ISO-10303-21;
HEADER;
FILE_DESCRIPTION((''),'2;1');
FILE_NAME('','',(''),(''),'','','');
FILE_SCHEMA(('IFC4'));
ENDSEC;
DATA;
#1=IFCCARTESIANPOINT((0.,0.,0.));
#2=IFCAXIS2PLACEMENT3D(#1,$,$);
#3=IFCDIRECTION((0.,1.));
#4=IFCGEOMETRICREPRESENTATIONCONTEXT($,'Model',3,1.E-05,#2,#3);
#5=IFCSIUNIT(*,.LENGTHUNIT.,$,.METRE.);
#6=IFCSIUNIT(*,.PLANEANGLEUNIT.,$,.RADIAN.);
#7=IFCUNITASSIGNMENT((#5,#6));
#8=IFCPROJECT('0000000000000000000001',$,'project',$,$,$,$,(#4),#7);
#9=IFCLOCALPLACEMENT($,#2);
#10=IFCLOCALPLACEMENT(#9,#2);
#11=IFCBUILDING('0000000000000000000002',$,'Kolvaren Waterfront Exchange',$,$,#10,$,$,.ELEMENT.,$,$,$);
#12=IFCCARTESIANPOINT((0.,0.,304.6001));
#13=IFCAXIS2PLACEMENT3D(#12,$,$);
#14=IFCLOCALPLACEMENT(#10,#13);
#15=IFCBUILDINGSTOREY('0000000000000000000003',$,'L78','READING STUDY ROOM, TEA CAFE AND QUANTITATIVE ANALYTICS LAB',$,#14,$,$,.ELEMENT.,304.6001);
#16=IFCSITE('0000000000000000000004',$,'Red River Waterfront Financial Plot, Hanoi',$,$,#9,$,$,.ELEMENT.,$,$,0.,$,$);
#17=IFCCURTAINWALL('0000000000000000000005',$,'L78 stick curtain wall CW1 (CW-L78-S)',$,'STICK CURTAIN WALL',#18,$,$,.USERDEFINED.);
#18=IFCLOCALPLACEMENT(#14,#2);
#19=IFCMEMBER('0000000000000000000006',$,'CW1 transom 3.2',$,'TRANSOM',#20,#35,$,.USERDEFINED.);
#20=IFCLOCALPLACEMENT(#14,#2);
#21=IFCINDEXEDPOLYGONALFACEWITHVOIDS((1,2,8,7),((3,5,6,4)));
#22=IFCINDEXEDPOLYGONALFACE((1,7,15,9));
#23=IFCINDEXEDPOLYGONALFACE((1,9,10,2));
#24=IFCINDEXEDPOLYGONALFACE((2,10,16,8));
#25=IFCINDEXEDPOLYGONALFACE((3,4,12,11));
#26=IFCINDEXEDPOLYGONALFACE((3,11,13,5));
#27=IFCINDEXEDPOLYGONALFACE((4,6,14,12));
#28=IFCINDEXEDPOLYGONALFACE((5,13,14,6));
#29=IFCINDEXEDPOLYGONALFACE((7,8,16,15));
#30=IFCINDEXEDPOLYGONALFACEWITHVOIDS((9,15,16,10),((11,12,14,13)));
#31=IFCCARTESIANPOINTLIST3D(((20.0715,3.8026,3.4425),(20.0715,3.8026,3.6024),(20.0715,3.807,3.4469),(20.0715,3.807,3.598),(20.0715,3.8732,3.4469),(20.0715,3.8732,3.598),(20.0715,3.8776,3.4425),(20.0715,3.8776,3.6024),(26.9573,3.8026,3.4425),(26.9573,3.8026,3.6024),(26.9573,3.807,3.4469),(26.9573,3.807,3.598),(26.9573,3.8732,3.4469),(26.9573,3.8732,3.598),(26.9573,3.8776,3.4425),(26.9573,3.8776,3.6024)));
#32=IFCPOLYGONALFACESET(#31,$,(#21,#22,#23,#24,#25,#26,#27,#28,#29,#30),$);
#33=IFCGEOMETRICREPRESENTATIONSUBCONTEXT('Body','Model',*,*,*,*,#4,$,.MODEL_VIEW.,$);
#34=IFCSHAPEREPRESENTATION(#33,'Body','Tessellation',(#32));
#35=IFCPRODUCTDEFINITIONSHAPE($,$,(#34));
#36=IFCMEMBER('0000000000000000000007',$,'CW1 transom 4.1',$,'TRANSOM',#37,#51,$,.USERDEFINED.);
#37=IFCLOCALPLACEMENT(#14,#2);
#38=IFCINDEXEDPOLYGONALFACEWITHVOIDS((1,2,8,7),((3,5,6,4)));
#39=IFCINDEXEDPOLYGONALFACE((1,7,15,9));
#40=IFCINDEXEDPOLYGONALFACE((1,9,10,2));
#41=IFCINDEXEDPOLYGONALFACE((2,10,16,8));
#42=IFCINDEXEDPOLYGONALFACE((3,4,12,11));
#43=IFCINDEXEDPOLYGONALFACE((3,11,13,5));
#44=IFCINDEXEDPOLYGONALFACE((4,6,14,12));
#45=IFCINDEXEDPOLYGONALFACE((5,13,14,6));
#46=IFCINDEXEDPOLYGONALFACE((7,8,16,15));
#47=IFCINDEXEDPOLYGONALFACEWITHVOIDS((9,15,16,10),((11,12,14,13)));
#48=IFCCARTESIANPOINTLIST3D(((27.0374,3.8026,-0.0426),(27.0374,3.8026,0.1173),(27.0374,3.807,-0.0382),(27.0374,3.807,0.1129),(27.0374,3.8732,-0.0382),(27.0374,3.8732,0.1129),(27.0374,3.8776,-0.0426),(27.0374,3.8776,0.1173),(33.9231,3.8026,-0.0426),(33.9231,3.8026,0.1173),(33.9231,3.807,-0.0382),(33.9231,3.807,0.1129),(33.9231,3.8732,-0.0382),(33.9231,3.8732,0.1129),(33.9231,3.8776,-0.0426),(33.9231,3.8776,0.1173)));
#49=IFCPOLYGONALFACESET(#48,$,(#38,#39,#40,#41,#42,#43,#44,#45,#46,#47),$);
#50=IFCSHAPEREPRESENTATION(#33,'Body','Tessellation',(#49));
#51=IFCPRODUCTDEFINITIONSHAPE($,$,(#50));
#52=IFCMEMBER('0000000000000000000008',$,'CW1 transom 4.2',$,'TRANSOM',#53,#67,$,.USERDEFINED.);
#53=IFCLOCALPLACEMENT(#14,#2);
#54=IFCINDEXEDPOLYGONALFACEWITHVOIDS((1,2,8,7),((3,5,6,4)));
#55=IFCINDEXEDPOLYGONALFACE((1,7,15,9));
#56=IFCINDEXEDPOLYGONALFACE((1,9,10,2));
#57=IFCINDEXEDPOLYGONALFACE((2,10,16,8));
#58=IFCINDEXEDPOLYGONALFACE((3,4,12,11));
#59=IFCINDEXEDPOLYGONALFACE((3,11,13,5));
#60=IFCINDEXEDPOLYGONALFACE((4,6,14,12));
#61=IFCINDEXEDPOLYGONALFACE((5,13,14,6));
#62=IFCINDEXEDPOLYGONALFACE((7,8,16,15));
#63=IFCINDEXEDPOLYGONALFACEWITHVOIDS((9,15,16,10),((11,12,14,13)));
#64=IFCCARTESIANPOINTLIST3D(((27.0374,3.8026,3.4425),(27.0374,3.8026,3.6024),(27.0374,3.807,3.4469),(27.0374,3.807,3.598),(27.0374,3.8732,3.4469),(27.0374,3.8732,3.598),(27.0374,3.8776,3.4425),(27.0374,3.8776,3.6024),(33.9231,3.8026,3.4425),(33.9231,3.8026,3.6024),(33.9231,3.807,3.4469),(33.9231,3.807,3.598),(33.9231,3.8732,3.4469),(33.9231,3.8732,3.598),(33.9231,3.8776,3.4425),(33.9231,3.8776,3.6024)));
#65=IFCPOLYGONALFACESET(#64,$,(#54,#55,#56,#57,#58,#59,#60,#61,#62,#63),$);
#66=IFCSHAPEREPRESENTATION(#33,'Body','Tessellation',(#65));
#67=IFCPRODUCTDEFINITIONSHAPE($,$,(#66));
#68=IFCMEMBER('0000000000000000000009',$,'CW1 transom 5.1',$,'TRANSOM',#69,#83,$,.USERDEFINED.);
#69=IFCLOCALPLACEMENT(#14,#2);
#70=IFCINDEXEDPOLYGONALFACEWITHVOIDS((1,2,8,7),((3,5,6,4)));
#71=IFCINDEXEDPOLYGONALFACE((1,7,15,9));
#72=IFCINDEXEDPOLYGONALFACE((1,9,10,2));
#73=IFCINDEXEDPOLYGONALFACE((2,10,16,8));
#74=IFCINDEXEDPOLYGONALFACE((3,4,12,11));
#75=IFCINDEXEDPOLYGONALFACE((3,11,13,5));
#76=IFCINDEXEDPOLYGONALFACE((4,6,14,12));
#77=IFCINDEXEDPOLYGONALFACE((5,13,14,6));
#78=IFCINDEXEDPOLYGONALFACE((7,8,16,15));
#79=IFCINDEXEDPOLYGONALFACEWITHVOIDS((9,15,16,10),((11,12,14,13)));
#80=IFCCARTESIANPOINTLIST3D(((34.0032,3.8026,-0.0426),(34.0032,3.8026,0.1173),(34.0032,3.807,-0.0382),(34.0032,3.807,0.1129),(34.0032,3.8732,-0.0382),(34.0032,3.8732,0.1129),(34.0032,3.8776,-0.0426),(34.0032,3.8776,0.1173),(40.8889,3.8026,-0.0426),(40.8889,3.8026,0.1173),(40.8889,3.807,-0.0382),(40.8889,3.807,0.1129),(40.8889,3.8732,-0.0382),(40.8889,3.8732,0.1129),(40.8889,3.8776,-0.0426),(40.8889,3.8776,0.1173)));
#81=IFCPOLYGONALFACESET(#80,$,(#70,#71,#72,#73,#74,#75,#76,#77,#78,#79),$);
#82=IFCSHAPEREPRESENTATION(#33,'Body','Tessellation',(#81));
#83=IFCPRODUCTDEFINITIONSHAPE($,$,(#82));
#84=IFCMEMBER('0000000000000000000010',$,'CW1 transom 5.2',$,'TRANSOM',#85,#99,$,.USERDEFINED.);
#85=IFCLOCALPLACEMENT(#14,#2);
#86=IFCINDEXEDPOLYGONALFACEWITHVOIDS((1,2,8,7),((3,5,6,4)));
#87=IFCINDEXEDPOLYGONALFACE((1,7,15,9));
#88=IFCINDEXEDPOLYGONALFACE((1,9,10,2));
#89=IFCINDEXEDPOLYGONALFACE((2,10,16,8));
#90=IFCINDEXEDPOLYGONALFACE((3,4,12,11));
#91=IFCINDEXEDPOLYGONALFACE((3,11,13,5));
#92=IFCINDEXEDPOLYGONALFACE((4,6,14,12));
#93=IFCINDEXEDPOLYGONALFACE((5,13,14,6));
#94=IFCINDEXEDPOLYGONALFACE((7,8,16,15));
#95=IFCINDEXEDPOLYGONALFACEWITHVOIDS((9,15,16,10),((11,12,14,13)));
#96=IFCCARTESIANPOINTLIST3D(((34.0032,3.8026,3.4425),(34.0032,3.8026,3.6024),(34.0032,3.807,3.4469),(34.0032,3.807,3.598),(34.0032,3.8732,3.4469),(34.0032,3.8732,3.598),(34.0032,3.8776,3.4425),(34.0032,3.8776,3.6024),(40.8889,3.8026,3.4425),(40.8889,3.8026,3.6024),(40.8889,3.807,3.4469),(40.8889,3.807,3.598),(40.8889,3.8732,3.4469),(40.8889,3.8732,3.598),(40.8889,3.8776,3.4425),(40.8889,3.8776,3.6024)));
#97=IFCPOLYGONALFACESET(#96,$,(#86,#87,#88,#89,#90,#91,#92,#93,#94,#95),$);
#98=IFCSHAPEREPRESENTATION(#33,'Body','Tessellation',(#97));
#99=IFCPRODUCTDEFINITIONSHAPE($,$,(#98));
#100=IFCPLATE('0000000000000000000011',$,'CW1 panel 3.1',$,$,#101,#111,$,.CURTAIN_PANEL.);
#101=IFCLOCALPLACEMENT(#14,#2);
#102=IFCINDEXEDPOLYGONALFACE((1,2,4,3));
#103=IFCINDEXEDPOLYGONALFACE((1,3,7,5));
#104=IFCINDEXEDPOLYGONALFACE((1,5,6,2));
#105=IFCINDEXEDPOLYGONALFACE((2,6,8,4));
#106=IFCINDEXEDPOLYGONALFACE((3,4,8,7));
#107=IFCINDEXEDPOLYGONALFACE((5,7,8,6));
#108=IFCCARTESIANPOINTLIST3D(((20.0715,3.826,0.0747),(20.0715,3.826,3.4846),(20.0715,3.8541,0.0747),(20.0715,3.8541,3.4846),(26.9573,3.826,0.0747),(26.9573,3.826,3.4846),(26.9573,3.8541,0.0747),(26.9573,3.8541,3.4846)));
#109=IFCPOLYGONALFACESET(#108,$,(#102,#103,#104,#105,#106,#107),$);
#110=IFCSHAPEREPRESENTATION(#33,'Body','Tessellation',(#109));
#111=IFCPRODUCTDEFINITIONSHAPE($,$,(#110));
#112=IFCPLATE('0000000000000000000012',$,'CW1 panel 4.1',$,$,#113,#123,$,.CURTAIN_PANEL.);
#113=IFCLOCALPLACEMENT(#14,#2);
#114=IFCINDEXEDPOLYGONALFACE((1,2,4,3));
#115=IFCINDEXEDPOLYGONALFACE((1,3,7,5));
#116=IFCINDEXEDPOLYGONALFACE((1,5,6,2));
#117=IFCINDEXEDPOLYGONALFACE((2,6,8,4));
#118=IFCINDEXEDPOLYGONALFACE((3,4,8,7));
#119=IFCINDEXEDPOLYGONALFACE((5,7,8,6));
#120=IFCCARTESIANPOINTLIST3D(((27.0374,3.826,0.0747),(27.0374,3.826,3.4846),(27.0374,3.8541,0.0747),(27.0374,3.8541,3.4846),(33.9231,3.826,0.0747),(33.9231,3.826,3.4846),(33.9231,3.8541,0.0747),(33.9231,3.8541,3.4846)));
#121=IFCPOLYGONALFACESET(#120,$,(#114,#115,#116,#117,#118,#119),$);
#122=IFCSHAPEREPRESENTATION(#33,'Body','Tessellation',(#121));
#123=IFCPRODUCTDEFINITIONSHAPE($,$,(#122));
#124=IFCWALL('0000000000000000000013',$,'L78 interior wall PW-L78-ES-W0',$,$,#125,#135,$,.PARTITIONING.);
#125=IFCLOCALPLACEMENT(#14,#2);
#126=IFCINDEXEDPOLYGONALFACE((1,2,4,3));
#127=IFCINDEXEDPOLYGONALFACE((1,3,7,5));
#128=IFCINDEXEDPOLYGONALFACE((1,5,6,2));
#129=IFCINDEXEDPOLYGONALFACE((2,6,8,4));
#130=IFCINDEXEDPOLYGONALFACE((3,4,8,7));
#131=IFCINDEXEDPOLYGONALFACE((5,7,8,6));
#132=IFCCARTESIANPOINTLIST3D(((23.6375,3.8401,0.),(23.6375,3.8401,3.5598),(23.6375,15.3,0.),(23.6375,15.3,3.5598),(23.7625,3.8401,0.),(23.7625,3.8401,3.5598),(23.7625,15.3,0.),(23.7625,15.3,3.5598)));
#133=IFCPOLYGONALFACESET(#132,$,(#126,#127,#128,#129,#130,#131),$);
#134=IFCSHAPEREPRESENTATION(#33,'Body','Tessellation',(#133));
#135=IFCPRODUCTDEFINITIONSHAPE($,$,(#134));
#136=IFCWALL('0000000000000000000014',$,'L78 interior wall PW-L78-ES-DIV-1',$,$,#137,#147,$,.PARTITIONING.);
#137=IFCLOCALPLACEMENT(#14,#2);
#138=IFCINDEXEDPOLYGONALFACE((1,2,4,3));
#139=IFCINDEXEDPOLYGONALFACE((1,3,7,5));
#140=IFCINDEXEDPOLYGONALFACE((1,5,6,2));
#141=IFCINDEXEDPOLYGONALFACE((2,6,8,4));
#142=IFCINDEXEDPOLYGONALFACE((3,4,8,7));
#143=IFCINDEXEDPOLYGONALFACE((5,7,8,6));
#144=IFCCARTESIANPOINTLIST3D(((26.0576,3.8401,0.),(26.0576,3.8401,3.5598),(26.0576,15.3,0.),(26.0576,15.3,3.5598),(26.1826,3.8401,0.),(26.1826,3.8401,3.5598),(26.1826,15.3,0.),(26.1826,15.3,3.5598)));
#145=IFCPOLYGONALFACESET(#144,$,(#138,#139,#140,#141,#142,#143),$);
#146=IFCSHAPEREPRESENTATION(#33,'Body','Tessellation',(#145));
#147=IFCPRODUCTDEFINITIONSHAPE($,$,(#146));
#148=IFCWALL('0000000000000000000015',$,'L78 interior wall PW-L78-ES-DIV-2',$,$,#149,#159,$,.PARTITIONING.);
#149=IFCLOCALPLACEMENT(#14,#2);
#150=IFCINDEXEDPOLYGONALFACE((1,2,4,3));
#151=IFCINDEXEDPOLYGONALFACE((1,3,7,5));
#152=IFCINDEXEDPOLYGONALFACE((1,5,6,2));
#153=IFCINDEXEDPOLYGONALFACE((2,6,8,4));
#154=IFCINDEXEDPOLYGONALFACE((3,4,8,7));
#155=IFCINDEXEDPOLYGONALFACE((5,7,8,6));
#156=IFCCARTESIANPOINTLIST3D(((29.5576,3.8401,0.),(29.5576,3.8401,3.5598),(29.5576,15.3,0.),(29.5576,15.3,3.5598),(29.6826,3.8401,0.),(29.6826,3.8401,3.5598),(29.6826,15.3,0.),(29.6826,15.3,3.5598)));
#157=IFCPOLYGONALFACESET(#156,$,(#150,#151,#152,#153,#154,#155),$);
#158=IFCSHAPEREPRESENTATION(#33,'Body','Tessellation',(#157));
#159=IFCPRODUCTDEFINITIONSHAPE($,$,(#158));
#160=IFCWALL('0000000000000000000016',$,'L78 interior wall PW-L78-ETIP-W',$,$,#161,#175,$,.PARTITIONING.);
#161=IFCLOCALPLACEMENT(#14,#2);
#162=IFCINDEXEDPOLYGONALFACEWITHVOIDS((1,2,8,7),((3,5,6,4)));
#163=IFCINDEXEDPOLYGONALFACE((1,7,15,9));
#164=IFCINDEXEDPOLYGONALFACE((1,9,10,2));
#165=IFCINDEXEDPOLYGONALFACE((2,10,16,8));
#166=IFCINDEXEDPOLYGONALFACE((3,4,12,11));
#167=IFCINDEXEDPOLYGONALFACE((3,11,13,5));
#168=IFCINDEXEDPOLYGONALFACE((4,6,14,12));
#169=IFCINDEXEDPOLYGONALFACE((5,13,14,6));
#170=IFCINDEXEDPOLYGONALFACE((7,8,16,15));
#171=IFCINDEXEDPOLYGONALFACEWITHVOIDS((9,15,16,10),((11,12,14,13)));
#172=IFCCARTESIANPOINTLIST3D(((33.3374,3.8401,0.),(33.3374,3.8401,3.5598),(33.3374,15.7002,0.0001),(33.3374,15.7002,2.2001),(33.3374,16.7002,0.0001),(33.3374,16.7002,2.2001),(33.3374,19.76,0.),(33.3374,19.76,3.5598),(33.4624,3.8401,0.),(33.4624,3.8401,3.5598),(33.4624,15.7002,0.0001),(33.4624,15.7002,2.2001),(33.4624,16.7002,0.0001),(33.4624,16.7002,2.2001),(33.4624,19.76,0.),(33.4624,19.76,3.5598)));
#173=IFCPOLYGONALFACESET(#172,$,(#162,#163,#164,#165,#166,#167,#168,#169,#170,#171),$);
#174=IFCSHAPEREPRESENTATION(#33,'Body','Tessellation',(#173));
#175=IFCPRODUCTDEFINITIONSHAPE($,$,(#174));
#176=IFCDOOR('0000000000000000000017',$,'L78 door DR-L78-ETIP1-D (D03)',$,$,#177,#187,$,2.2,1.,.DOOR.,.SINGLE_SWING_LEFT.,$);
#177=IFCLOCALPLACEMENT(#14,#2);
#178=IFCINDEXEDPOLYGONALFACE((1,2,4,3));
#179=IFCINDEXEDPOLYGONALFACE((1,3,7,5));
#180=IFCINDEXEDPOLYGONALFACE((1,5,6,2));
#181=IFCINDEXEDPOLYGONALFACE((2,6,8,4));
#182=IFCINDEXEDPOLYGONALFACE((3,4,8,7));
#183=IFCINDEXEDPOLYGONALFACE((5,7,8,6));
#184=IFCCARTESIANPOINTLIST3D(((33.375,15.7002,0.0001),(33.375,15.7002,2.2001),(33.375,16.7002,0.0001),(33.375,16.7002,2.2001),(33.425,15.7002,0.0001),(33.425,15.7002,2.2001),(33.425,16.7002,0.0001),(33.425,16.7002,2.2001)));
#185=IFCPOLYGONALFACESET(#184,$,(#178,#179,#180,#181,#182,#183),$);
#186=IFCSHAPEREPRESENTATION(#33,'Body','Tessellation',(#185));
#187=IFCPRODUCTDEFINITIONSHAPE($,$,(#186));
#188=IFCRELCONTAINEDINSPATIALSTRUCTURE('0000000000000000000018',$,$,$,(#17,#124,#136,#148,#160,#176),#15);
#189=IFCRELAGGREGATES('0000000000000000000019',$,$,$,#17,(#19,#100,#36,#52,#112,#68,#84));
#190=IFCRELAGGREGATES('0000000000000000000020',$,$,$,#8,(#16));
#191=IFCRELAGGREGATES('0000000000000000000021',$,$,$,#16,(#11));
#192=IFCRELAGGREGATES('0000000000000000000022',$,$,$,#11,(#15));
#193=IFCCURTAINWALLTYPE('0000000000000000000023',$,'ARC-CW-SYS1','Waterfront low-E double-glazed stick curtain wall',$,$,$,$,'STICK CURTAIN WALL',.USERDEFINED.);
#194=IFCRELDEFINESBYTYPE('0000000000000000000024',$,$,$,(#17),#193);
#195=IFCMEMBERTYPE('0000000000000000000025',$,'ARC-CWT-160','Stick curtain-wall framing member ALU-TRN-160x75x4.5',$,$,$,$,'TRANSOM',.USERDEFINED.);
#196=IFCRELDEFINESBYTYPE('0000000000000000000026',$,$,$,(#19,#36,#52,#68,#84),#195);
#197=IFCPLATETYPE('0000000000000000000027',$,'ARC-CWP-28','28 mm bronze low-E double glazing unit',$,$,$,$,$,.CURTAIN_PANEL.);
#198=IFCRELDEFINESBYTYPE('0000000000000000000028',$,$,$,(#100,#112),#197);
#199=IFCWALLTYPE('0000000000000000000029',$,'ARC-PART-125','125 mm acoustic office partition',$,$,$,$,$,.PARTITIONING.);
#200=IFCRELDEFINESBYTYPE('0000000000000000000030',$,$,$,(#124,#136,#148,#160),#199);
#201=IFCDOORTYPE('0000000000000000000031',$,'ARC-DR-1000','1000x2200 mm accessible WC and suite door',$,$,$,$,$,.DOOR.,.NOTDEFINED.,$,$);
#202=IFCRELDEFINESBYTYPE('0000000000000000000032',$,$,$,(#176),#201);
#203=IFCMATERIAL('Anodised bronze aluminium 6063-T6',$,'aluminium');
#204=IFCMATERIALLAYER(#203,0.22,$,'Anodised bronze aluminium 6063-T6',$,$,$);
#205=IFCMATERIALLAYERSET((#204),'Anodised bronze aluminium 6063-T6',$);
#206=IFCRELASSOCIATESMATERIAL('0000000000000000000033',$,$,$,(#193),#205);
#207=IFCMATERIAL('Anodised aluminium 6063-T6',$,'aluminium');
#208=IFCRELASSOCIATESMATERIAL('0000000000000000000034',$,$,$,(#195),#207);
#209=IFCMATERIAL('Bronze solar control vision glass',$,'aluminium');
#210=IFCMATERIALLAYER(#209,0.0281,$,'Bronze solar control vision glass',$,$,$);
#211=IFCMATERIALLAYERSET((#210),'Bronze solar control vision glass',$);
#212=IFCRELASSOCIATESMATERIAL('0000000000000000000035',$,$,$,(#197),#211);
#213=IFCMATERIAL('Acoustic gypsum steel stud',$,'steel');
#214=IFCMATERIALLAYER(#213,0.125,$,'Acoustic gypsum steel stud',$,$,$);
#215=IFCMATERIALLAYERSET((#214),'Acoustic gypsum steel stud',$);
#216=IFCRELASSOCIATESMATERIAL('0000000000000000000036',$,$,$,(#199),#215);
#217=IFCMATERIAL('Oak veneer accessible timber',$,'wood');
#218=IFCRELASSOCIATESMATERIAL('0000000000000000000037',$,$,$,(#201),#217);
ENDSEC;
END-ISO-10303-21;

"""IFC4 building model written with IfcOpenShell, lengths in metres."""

from ifc_helpers import new_model, si_unit, direction, frame, frame_2d, origin, origin_with_axes, origin_2d, place, context, subcontext, project, spatial, rectangle, hollow_rectangle, extrude, source, transform, mapped, material, layer, layer_set, material_profile, profile_set, type_object, element, fill, aggregate, save


model = new_model("IFC4")

# Units and contexts
model_context = context("Model", 3, precision=1e-05, world=origin(), true_north=direction((0.0, 1.0)))
body_context = subcontext(model_context, "Body", "Model", "MODEL_VIEW")
ifc_project = project(units=[si_unit("LENGTHUNIT", "METRE"), si_unit("PLANEANGLEUNIT", "RADIAN")], contexts=[model_context])

# Site, building, storey
site_placement = place(None, origin())
site = spatial("IfcSite", under=ifc_project, at=site_placement, Name="Red River Waterfront Financial Plot, Hanoi", CompositionType="ELEMENT", RefElevation=0.0)
building_placement = place(site_placement, origin())
building = spatial("IfcBuilding", under=site, at=building_placement, Name="Kolvaren Waterfront Exchange", CompositionType="ELEMENT")
storey_placement = place(building_placement, frame((0.0, 0.0, 304.6001)))
storey = spatial("IfcBuildingStorey", under=building, at=storey_placement, Name="L78", Description="READING STUDY ROOM, TEA CAFE AND QUANTITATIVE ANALYTICS LAB", CompositionType="ELEMENT", Elevation=304.6001)

# Curtain wall, members, plates
ifc_material_1 = material(Name="Anodised bronze aluminium 6063-T6", Category="aluminium")
ifc_layer_1 = layer(ifc_material_1, 0.22, Name="Anodised bronze aluminium 6063-T6")
ifc_layer_set_1 = layer_set([ifc_layer_1], Name="Anodised bronze aluminium 6063-T6")
curtain_wall_type = type_object("IfcCurtainWallType", Name="ARC-CW-SYS1", Description="Waterfront low-E double-glazed stick curtain wall", ElementType="STICK CURTAIN WALL", PredefinedType="USERDEFINED", material=ifc_layer_set_1)
curtain_wall_placement = place(storey_placement, origin())
curtain_wall = element("IfcCurtainWall", 1, at=curtain_wall_placement, inside=storey, type_object=curtain_wall_type, Name="L78 stick curtain wall CW1 (CW-L78-S)", ObjectType="STICK CURTAIN WALL", PredefinedType="USERDEFINED")
ifc_material_2 = material(Name="Anodised aluminium 6063-T6", Category="aluminium")
ifc_material_profile_1 = material_profile(ifc_material_2, hollow_rectangle(XDim=0.075, YDim=0.1599, WallThickness=0.0044, at=origin_2d()), Name="ALU-TRN-160x75x4.5")
ifc_profile_set_1 = profile_set([ifc_material_profile_1], Name="Anodised aluminium 6063-T6")
member_type_1 = type_object("IfcMemberType", Name="ARC-CWT-160", Description="Stick curtain-wall framing member ALU-TRN-160x75x4.5", ElementType="TRANSOM", PredefinedType="USERDEFINED", material=ifc_profile_set_1)
shared_shape_1 = source(origin_with_axes(), body_context, "Body", "SweptSolid", [
    extrude(hollow_rectangle(XDim=0.075, YDim=0.1599, WallThickness=0.0044, at=origin_2d()), origin(), (0.0, 0.0, 1.0), 6.8857),
])
member_1_placement = place(storey_placement, frame((20.0715, 3.8401, 3.5225), z_axis=(1.0, 0.0, 0.0), x_axis=(0.0, 1.0, 0.0)))
member_1 = element("IfcMember", 2, at=member_1_placement, type_object=member_type_1, Name="CW1 transom 3.2", ObjectType="TRANSOM", PredefinedType="USERDEFINED", context=body_context, shape_type="MappedRepresentation", body=[
    mapped(shared_shape_1, transform((0.0, 0.0, 0.0), x_axis=(1.0, 0.0, 0.0), y_axis=(0.0, 1.0, 0.0), z_axis=(0.0, 0.0, 1.0), scale=1.0)),
])
member_2_placement = place(storey_placement, frame((27.0374, 3.8401, 0.0374), z_axis=(1.0, 0.0, 0.0), x_axis=(0.0, 1.0, 0.0)))
member_2 = element("IfcMember", 3, at=member_2_placement, type_object=member_type_1, Name="CW1 transom 4.1", ObjectType="TRANSOM", PredefinedType="USERDEFINED", context=body_context, shape_type="MappedRepresentation", body=[
    mapped(shared_shape_1, transform((0.0, 0.0, 0.0), x_axis=(1.0, 0.0, 0.0), y_axis=(0.0, 1.0, 0.0), z_axis=(0.0, 0.0, 1.0), scale=1.0)),
])
member_3_placement = place(storey_placement, frame((27.0374, 3.8401, 3.5225), z_axis=(1.0, 0.0, 0.0), x_axis=(0.0, 1.0, 0.0)))
member_3 = element("IfcMember", 4, at=member_3_placement, type_object=member_type_1, Name="CW1 transom 4.2", ObjectType="TRANSOM", PredefinedType="USERDEFINED", context=body_context, shape_type="MappedRepresentation", body=[
    mapped(shared_shape_1, transform((0.0, 0.0, 0.0), x_axis=(1.0, 0.0, 0.0), y_axis=(0.0, 1.0, 0.0), z_axis=(0.0, 0.0, 1.0), scale=1.0)),
])
member_4_placement = place(storey_placement, frame((34.0032, 3.8401, 0.0374), z_axis=(1.0, 0.0, 0.0), x_axis=(0.0, 1.0, 0.0)))
member_4 = element("IfcMember", 5, at=member_4_placement, type_object=member_type_1, Name="CW1 transom 5.1", ObjectType="TRANSOM", PredefinedType="USERDEFINED", context=body_context, shape_type="MappedRepresentation", body=[
    mapped(shared_shape_1, transform((0.0, 0.0, 0.0), x_axis=(1.0, 0.0, 0.0), y_axis=(0.0, 1.0, 0.0), z_axis=(0.0, 0.0, 1.0), scale=1.0)),
])
member_5_placement = place(storey_placement, frame((34.0032, 3.8401, 3.5225), z_axis=(1.0, 0.0, 0.0), x_axis=(0.0, 1.0, 0.0)))
member_5 = element("IfcMember", 6, at=member_5_placement, type_object=member_type_1, Name="CW1 transom 5.2", ObjectType="TRANSOM", PredefinedType="USERDEFINED", context=body_context, shape_type="MappedRepresentation", body=[
    mapped(shared_shape_1, transform((0.0, 0.0, 0.0), x_axis=(1.0, 0.0, 0.0), y_axis=(0.0, 1.0, 0.0), z_axis=(0.0, 0.0, 1.0), scale=1.0)),
])
ifc_material_3 = material(Name="Bronze solar control vision glass", Category="aluminium")
ifc_layer_2 = layer(ifc_material_3, 0.0281, Name="Bronze solar control vision glass")
ifc_layer_set_2 = layer_set([ifc_layer_2], Name="Bronze solar control vision glass")
plate_type = type_object("IfcPlateType", Name="ARC-CWP-28", Description="28 mm bronze low-E double glazing unit", PredefinedType="CURTAIN_PANEL", material=ifc_layer_set_2)
shared_shape_2 = source(origin_with_axes(), body_context, "Body", "SweptSolid", [
    extrude(rectangle(XDim=6.8857, YDim=0.0281, at=origin_2d()), origin(), (0.0, 0.0, 1.0), 3.4099),
])
plate_1_placement = place(storey_placement, frame((23.5144, 3.8401, 0.0747), z_axis=(0.0, 0.0, 1.0), x_axis=(1.0, 0.0, 0.0)))
plate_1 = element("IfcPlate", 7, at=plate_1_placement, type_object=plate_type, Name="CW1 panel 3.1", PredefinedType="CURTAIN_PANEL", context=body_context, shape_type="MappedRepresentation", body=[
    mapped(shared_shape_2, transform((0.0, 0.0, 0.0), x_axis=(1.0, 0.0, 0.0), y_axis=(0.0, 1.0, 0.0), z_axis=(0.0, 0.0, 1.0), scale=1.0)),
])
plate_2_placement = place(storey_placement, frame((30.4802, 3.8401, 0.0747), z_axis=(0.0, 0.0, 1.0), x_axis=(1.0, 0.0, 0.0)))
plate_2 = element("IfcPlate", 8, at=plate_2_placement, type_object=plate_type, Name="CW1 panel 4.1", PredefinedType="CURTAIN_PANEL", context=body_context, shape_type="MappedRepresentation", body=[
    mapped(shared_shape_2, transform((0.0, 0.0, 0.0), x_axis=(1.0, 0.0, 0.0), y_axis=(0.0, 1.0, 0.0), z_axis=(0.0, 0.0, 1.0), scale=1.0)),
])
aggregate(curtain_wall, [member_1, plate_1, member_2, member_3, plate_2, member_4, member_5])

# Walls
ifc_material_4 = material(Name="Acoustic gypsum steel stud", Category="steel")
ifc_layer_3 = layer(ifc_material_4, 0.125, Name="Acoustic gypsum steel stud")
ifc_layer_set_3 = layer_set([ifc_layer_3], Name="Acoustic gypsum steel stud")
wall_type_1 = type_object("IfcWallType", Name="ARC-PART-125", Description="125 mm acoustic office partition", PredefinedType="PARTITIONING", material=ifc_layer_set_3)
for number, where, z_axis, x_axis, name in (
    (9, (23.7, 3.8401, 0.0), (0.0, 0.0, 1.0), (0.0, 1.0, 0.0), "L78 interior wall PW-L78-ES-W0"),
    (10, (26.1201, 3.8401, 0.0), (0.0, 0.0, 1.0), (0.0, 1.0, 0.0), "L78 interior wall PW-L78-ES-DIV-1"),
    (11, (29.6201, 3.8401, 0.0), (0.0, 0.0, 1.0), (0.0, 1.0, 0.0), "L78 interior wall PW-L78-ES-DIV-2"),
):
    element("IfcWall", number, at=place(storey_placement, frame(where, z_axis=z_axis, x_axis=x_axis)), inside=storey, type_object=wall_type_1, Name=name, PredefinedType="PARTITIONING", context=body_context, shape_type="SweptSolid", body=[
        extrude(rectangle(XDim=11.46, YDim=0.125, at=frame_2d((5.73, 0.0))), origin(), (0.0, 0.0, 1.0), 3.5598),
    ])

# Wall, opening, door
wall_1_placement = place(storey_placement, frame((33.3999, 3.8401, 0.0), z_axis=(0.0, 0.0, 1.0), x_axis=(0.0, 1.0, 0.0)))
wall_1 = element("IfcWall", 12, at=wall_1_placement, inside=storey, type_object=wall_type_1, Name="L78 interior wall PW-L78-ETIP-W", PredefinedType="PARTITIONING", context=body_context, shape_type="SweptSolid", body=[
    extrude(rectangle(XDim=15.9199, YDim=0.125, at=frame_2d((7.96, 0.0))), origin(), (0.0, 0.0, 1.0), 3.5598),
])
opening_placement = place(wall_1_placement, frame((11.8601, 0.0, 0.0)))
opening = element("IfcOpeningElement", 13, at=opening_placement, cuts=wall_1, PredefinedType="OPENING", context=body_context, shape_type="SweptSolid", body=[
    extrude(rectangle(XDim=1.0, YDim=2.2, at=frame_2d((0.5, 1.1001))), frame((0.0, 0.0725, 0.0), z_axis=(0.0, -1.0, 0.0), x_axis=(1.0, 0.0, 0.0)), (0.0, 0.0, 1.0), 0.145),
])
ifc_material_5 = material(Name="Oak veneer accessible timber", Category="wood")
door_type = type_object("IfcDoorType", Name="ARC-DR-1000", Description="1000x2200 mm accessible WC and suite door", OperationType="NOTDEFINED", PredefinedType="DOOR", material=ifc_material_5)
door_placement = place(opening_placement, origin())
door = element("IfcDoor", 14, at=door_placement, inside=storey, type_object=door_type, Name="L78 door DR-L78-ETIP1-D (D03)", OperationType="SINGLE_SWING_LEFT", OverallHeight=2.2, OverallWidth=1.0, PredefinedType="DOOR", context=body_context, shape_type="SweptSolid", body=[
    extrude(rectangle(XDim=1.0, YDim=2.2, at=frame_2d((0.5, 1.1001))), frame((0.0, 0.0249, 0.0), z_axis=(0.0, -1.0, 0.0), x_axis=(1.0, 0.0, 0.0)), (0.0, 0.0, 1.0), 0.05),
])
fill(opening, door)

save(model, "model.ifc")
